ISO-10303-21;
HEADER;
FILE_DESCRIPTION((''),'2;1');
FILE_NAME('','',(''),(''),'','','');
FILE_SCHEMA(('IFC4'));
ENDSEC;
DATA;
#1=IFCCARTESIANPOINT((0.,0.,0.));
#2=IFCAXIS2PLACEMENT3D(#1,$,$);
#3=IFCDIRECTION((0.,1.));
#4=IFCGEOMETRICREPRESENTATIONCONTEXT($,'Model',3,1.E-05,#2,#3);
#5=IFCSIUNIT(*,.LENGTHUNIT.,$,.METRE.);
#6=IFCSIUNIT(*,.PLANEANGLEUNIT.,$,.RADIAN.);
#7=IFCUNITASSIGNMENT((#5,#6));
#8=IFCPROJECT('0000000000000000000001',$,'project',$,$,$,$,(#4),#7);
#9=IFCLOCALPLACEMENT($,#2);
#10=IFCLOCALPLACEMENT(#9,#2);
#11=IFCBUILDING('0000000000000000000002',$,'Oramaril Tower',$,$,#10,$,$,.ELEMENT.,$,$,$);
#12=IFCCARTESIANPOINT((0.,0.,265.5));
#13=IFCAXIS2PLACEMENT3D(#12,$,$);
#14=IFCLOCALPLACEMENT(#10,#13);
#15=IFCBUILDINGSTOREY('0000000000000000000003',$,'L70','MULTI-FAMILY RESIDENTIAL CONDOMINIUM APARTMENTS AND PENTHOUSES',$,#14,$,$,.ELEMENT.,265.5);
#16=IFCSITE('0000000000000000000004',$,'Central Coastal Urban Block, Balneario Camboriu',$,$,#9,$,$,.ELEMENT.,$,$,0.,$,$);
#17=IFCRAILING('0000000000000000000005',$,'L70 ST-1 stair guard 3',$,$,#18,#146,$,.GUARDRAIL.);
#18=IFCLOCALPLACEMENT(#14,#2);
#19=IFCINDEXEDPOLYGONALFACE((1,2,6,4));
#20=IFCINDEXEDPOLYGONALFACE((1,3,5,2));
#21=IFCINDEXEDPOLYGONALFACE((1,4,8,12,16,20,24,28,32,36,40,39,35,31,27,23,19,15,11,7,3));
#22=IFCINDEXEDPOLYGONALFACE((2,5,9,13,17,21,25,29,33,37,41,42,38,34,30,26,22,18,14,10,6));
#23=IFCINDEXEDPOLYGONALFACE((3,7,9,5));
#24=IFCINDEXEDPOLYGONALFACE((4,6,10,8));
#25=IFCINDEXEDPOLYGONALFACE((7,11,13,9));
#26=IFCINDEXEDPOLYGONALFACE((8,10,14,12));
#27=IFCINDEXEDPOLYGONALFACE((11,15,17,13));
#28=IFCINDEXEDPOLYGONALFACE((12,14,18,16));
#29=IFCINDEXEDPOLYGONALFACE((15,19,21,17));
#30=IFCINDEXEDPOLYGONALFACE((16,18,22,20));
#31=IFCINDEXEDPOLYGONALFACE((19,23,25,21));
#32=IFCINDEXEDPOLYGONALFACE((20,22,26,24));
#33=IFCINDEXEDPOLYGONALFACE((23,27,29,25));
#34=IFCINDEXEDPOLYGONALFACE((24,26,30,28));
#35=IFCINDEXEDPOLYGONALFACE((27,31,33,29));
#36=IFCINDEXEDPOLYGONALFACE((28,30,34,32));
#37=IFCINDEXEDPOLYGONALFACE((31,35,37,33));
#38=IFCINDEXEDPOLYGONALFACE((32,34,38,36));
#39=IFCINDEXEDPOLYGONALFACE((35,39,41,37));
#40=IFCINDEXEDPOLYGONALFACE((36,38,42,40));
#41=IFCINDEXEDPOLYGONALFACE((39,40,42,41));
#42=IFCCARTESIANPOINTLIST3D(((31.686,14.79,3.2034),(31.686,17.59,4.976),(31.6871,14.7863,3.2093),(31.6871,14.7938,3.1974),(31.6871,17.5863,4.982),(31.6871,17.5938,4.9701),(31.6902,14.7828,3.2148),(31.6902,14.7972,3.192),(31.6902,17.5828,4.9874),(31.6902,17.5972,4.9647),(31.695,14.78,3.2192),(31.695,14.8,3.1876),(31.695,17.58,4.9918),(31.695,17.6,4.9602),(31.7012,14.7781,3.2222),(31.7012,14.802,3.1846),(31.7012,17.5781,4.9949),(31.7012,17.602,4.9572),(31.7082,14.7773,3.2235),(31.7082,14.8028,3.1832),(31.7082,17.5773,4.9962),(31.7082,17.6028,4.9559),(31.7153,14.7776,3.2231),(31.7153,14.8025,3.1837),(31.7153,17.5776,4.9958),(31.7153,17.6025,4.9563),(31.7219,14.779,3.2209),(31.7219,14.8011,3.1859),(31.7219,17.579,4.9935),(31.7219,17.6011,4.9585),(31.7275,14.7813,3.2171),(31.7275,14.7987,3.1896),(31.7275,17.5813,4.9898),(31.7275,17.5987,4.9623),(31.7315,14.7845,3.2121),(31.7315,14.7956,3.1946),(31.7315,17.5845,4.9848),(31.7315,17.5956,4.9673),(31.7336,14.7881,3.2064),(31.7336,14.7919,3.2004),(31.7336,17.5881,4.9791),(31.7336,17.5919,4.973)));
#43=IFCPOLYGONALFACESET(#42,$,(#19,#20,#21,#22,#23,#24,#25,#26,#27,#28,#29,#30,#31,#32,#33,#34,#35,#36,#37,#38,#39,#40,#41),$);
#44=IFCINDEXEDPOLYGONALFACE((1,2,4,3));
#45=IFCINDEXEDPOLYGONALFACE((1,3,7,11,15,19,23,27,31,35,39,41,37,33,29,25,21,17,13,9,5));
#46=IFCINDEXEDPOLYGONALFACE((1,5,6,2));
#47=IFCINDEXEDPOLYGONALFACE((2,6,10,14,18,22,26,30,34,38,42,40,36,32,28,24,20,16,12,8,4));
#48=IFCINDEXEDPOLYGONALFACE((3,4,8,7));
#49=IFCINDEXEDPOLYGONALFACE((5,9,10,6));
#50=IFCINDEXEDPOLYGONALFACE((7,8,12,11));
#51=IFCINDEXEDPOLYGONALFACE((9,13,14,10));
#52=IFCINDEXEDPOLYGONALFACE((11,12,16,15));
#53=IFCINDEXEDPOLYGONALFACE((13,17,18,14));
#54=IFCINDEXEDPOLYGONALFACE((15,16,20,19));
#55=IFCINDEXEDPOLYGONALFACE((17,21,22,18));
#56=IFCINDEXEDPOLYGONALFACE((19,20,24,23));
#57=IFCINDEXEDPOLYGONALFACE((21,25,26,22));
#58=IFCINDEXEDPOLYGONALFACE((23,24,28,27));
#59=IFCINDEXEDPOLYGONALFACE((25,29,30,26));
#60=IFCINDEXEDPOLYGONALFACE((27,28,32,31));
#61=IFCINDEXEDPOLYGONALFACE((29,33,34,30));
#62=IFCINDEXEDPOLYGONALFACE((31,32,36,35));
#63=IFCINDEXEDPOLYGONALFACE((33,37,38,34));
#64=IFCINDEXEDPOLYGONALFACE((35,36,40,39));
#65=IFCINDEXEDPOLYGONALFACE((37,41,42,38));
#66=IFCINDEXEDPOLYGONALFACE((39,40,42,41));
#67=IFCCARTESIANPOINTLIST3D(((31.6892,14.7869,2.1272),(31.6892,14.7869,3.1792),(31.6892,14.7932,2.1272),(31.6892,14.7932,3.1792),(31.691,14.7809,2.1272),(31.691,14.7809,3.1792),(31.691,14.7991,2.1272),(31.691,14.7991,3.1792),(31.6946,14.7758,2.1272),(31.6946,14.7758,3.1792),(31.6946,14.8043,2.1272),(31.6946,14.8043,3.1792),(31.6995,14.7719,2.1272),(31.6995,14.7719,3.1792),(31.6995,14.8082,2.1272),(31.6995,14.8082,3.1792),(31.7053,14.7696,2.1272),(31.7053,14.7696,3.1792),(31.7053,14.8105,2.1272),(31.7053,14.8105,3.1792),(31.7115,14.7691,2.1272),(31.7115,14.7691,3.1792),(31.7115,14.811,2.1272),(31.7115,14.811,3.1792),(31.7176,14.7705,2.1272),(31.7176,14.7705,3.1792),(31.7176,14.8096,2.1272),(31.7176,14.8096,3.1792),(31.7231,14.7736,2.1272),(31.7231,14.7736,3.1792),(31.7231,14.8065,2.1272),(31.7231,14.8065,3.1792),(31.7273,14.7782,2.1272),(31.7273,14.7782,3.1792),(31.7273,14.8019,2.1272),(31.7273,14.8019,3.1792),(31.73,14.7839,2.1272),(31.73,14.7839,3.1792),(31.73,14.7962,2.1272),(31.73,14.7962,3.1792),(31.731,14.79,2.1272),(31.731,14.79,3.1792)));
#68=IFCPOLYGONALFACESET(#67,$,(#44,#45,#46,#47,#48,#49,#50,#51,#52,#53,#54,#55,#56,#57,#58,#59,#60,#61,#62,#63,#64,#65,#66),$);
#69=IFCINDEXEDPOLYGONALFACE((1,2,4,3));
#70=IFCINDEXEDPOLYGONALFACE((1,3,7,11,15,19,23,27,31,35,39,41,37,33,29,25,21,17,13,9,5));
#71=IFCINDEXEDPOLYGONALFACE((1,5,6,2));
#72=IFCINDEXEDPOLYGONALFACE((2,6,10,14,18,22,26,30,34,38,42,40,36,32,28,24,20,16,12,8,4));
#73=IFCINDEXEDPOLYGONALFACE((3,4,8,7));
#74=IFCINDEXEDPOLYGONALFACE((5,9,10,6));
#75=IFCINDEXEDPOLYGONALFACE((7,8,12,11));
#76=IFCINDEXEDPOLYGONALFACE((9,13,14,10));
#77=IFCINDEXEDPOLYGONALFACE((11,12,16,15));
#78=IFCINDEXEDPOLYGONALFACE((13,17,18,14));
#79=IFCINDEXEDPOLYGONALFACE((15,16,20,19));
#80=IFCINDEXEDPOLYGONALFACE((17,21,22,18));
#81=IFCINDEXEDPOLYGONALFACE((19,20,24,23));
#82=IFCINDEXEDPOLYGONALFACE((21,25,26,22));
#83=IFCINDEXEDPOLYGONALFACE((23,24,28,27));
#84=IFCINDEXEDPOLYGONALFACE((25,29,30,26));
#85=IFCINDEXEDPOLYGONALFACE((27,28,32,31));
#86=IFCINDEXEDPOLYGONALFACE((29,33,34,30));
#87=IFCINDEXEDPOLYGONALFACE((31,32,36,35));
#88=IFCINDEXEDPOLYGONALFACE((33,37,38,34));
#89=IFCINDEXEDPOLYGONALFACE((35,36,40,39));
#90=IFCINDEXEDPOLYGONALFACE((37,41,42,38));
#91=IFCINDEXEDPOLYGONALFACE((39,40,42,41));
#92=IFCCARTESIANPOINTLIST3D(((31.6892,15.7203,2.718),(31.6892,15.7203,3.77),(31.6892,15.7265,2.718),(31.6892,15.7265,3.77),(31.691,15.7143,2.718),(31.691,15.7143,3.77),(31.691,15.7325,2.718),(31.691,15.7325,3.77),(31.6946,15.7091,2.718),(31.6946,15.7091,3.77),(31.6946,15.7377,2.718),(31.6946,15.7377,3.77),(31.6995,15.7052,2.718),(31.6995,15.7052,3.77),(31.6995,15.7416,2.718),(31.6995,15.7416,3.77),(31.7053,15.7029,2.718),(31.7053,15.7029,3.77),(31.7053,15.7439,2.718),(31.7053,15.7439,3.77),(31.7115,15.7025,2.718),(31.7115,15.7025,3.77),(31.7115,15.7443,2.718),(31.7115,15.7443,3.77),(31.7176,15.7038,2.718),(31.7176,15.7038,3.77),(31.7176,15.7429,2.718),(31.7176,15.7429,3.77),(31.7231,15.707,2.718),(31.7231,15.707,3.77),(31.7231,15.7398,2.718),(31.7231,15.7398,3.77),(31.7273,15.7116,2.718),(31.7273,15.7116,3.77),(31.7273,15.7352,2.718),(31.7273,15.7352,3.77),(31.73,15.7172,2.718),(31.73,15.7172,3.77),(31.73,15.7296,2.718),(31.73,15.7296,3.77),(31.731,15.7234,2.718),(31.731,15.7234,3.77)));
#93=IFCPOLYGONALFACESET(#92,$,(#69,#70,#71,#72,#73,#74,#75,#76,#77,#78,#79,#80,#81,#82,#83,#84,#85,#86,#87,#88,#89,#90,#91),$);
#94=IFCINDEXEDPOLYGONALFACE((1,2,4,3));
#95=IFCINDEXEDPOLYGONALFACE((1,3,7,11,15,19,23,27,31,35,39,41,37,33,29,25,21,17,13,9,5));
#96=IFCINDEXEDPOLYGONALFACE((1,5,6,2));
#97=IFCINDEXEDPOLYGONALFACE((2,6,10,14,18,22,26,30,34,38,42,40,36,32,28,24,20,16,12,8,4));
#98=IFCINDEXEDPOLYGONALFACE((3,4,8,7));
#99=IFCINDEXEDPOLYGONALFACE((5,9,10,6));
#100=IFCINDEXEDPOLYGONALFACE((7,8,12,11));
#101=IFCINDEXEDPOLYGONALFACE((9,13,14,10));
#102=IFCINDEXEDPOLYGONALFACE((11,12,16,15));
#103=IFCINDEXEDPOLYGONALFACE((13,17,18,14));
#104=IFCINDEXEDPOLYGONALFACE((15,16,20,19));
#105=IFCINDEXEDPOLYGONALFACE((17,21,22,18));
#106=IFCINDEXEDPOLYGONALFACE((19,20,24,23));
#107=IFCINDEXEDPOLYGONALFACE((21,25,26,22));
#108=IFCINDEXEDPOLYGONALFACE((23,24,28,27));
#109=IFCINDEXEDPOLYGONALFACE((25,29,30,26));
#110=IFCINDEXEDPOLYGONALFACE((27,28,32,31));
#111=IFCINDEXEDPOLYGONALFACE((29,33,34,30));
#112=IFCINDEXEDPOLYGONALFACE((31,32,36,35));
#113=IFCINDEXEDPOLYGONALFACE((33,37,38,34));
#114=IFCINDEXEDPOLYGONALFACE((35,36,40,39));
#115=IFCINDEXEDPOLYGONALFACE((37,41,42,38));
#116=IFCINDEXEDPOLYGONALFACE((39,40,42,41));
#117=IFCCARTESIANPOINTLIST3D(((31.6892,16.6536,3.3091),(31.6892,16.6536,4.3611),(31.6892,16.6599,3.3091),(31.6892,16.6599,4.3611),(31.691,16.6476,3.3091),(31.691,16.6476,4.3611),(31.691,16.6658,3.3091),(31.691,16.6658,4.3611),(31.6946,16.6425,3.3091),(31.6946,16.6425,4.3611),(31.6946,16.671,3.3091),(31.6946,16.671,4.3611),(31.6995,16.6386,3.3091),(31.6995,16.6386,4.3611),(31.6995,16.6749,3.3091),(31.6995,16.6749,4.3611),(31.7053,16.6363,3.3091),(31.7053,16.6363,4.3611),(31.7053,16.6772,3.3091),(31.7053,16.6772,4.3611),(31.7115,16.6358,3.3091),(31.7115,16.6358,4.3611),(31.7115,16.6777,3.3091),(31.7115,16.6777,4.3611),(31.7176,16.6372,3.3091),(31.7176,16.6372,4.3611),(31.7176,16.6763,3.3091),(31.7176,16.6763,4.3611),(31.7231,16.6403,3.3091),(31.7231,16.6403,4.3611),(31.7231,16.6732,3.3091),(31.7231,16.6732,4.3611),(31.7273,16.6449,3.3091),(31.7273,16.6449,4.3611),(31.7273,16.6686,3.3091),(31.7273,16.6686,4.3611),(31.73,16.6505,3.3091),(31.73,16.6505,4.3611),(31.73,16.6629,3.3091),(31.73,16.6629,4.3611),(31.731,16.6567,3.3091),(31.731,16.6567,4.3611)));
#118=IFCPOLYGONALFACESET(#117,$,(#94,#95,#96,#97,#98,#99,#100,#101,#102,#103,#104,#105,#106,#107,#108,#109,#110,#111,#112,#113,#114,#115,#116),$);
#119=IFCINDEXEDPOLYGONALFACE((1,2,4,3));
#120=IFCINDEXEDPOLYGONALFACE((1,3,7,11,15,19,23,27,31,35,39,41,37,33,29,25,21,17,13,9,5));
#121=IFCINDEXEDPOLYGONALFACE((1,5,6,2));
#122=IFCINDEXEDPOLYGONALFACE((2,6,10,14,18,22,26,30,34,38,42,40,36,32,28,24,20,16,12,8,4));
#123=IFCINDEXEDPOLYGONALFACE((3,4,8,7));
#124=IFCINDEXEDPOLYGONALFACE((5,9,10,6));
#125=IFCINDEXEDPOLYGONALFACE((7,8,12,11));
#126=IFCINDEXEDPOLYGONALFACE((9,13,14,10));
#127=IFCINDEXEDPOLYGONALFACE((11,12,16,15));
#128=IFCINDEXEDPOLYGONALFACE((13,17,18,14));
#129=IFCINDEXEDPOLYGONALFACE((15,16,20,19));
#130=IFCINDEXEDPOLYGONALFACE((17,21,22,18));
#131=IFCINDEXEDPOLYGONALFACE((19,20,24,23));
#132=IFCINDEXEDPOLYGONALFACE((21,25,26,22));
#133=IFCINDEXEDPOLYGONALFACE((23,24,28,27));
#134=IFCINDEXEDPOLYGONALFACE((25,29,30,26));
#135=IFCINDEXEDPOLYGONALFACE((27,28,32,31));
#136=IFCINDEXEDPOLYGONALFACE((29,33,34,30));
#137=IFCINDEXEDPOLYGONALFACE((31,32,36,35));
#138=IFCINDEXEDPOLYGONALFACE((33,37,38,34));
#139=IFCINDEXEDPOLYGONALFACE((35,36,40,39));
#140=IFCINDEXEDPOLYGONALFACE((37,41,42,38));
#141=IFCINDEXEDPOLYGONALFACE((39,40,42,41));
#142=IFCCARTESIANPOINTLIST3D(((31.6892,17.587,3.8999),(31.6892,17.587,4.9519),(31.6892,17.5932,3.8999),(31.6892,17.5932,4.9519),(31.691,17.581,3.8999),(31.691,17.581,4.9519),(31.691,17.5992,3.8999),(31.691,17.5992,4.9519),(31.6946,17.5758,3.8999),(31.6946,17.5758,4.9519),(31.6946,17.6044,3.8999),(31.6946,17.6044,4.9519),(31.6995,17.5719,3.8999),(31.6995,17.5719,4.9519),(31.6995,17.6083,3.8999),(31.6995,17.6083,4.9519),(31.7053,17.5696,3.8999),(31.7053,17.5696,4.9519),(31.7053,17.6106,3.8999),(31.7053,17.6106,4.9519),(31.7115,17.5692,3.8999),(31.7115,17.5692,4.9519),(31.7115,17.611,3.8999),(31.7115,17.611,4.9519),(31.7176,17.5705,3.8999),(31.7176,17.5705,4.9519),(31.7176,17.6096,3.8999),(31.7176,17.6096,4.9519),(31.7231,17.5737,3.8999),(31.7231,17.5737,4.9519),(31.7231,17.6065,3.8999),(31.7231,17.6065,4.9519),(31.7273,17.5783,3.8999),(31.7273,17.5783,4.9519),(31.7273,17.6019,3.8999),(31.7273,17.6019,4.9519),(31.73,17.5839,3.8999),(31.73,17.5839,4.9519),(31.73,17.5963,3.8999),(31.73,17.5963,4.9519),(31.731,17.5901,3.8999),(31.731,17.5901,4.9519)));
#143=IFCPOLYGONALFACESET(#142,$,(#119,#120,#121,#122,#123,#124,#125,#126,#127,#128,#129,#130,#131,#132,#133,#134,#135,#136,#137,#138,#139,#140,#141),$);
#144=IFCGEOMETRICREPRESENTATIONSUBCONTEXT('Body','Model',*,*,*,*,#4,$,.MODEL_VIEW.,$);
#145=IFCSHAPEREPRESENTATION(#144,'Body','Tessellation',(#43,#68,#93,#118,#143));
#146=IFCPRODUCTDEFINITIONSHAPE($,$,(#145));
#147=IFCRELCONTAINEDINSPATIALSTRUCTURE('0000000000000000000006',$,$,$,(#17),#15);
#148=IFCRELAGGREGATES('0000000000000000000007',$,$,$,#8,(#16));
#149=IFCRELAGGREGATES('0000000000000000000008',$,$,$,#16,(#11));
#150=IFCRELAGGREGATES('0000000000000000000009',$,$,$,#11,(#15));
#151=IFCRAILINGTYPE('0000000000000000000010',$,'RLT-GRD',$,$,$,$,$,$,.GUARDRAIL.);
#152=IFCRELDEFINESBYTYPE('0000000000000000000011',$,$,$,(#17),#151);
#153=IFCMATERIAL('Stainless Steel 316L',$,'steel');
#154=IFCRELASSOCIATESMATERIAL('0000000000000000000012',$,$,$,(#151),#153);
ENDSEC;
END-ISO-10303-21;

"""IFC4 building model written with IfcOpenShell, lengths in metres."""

from ifc_helpers import new_model, si_unit, direction, frame, origin, origin_2d, place, context, subcontext, project, spatial, circle, extrude, material, type_object, element, save


model = new_model("IFC4")

# Units and contexts
model_context = context("Model", 3, precision=1e-05, world=origin(), true_north=direction((0.0, 1.0)))
body_context = subcontext(model_context, "Body", "Model", "MODEL_VIEW")
ifc_project = project(units=[si_unit("LENGTHUNIT", "METRE"), si_unit("PLANEANGLEUNIT", "RADIAN")], contexts=[model_context])

# Site, building, storey
site_placement = place(None, origin())
site = spatial("IfcSite", under=ifc_project, at=site_placement, Name="Central Coastal Urban Block, Balneario Camboriu", CompositionType="ELEMENT", RefElevation=0.0)
building_placement = place(site_placement, origin())
building = spatial("IfcBuilding", under=site, at=building_placement, Name="Oramaril Tower", CompositionType="ELEMENT")
storey_placement = place(building_placement, frame((0.0, 0.0, 265.5)))
storey = spatial("IfcBuildingStorey", under=building, at=storey_placement, Name="L70", Description="MULTI-FAMILY RESIDENTIAL CONDOMINIUM APARTMENTS AND PENTHOUSES", CompositionType="ELEMENT", Elevation=265.5)

# Railing
ifc_material_1 = material(Name="Stainless Steel 316L", Category="steel")
railing_type_1 = type_object("IfcRailingType", Name="RLT-GRD", PredefinedType="GUARDRAIL", material=ifc_material_1)
railing_1_placement = place(storey_placement, frame((31.71, 14.79, 2.1272)))
element("IfcRailing", 1, at=railing_1_placement, inside=storey, type_object=railing_type_1, Name="L70 ST-1 stair guard 3", PredefinedType="GUARDRAIL", context=body_context, shape_type="SweptSolid", body=[
    extrude(circle(Radius=0.0239, at=origin_2d()), frame((0.0, 0.0, 1.0762), z_axis=(0.0, 0.844909, 0.53491), x_axis=(-1.0, 0.0, 0.0)), (0.0, 0.0, 1.0), 3.314),
    extrude(circle(Radius=0.021, at=origin_2d()), origin(), (0.0, 0.0, 1.0), 1.052),
    extrude(circle(Radius=0.021, at=origin_2d()), frame((0.0, 0.9333, 0.5908)), (0.0, 0.0, 1.0), 1.052),
    extrude(circle(Radius=0.021, at=origin_2d()), frame((0.0, 1.8667, 1.1819)), (0.0, 0.0, 1.0), 1.052),
    extrude(circle(Radius=0.021, at=origin_2d()), frame((0.0, 2.8, 1.7727)), (0.0, 0.0, 1.0), 1.052),
])

save(model, "model.ifc")
